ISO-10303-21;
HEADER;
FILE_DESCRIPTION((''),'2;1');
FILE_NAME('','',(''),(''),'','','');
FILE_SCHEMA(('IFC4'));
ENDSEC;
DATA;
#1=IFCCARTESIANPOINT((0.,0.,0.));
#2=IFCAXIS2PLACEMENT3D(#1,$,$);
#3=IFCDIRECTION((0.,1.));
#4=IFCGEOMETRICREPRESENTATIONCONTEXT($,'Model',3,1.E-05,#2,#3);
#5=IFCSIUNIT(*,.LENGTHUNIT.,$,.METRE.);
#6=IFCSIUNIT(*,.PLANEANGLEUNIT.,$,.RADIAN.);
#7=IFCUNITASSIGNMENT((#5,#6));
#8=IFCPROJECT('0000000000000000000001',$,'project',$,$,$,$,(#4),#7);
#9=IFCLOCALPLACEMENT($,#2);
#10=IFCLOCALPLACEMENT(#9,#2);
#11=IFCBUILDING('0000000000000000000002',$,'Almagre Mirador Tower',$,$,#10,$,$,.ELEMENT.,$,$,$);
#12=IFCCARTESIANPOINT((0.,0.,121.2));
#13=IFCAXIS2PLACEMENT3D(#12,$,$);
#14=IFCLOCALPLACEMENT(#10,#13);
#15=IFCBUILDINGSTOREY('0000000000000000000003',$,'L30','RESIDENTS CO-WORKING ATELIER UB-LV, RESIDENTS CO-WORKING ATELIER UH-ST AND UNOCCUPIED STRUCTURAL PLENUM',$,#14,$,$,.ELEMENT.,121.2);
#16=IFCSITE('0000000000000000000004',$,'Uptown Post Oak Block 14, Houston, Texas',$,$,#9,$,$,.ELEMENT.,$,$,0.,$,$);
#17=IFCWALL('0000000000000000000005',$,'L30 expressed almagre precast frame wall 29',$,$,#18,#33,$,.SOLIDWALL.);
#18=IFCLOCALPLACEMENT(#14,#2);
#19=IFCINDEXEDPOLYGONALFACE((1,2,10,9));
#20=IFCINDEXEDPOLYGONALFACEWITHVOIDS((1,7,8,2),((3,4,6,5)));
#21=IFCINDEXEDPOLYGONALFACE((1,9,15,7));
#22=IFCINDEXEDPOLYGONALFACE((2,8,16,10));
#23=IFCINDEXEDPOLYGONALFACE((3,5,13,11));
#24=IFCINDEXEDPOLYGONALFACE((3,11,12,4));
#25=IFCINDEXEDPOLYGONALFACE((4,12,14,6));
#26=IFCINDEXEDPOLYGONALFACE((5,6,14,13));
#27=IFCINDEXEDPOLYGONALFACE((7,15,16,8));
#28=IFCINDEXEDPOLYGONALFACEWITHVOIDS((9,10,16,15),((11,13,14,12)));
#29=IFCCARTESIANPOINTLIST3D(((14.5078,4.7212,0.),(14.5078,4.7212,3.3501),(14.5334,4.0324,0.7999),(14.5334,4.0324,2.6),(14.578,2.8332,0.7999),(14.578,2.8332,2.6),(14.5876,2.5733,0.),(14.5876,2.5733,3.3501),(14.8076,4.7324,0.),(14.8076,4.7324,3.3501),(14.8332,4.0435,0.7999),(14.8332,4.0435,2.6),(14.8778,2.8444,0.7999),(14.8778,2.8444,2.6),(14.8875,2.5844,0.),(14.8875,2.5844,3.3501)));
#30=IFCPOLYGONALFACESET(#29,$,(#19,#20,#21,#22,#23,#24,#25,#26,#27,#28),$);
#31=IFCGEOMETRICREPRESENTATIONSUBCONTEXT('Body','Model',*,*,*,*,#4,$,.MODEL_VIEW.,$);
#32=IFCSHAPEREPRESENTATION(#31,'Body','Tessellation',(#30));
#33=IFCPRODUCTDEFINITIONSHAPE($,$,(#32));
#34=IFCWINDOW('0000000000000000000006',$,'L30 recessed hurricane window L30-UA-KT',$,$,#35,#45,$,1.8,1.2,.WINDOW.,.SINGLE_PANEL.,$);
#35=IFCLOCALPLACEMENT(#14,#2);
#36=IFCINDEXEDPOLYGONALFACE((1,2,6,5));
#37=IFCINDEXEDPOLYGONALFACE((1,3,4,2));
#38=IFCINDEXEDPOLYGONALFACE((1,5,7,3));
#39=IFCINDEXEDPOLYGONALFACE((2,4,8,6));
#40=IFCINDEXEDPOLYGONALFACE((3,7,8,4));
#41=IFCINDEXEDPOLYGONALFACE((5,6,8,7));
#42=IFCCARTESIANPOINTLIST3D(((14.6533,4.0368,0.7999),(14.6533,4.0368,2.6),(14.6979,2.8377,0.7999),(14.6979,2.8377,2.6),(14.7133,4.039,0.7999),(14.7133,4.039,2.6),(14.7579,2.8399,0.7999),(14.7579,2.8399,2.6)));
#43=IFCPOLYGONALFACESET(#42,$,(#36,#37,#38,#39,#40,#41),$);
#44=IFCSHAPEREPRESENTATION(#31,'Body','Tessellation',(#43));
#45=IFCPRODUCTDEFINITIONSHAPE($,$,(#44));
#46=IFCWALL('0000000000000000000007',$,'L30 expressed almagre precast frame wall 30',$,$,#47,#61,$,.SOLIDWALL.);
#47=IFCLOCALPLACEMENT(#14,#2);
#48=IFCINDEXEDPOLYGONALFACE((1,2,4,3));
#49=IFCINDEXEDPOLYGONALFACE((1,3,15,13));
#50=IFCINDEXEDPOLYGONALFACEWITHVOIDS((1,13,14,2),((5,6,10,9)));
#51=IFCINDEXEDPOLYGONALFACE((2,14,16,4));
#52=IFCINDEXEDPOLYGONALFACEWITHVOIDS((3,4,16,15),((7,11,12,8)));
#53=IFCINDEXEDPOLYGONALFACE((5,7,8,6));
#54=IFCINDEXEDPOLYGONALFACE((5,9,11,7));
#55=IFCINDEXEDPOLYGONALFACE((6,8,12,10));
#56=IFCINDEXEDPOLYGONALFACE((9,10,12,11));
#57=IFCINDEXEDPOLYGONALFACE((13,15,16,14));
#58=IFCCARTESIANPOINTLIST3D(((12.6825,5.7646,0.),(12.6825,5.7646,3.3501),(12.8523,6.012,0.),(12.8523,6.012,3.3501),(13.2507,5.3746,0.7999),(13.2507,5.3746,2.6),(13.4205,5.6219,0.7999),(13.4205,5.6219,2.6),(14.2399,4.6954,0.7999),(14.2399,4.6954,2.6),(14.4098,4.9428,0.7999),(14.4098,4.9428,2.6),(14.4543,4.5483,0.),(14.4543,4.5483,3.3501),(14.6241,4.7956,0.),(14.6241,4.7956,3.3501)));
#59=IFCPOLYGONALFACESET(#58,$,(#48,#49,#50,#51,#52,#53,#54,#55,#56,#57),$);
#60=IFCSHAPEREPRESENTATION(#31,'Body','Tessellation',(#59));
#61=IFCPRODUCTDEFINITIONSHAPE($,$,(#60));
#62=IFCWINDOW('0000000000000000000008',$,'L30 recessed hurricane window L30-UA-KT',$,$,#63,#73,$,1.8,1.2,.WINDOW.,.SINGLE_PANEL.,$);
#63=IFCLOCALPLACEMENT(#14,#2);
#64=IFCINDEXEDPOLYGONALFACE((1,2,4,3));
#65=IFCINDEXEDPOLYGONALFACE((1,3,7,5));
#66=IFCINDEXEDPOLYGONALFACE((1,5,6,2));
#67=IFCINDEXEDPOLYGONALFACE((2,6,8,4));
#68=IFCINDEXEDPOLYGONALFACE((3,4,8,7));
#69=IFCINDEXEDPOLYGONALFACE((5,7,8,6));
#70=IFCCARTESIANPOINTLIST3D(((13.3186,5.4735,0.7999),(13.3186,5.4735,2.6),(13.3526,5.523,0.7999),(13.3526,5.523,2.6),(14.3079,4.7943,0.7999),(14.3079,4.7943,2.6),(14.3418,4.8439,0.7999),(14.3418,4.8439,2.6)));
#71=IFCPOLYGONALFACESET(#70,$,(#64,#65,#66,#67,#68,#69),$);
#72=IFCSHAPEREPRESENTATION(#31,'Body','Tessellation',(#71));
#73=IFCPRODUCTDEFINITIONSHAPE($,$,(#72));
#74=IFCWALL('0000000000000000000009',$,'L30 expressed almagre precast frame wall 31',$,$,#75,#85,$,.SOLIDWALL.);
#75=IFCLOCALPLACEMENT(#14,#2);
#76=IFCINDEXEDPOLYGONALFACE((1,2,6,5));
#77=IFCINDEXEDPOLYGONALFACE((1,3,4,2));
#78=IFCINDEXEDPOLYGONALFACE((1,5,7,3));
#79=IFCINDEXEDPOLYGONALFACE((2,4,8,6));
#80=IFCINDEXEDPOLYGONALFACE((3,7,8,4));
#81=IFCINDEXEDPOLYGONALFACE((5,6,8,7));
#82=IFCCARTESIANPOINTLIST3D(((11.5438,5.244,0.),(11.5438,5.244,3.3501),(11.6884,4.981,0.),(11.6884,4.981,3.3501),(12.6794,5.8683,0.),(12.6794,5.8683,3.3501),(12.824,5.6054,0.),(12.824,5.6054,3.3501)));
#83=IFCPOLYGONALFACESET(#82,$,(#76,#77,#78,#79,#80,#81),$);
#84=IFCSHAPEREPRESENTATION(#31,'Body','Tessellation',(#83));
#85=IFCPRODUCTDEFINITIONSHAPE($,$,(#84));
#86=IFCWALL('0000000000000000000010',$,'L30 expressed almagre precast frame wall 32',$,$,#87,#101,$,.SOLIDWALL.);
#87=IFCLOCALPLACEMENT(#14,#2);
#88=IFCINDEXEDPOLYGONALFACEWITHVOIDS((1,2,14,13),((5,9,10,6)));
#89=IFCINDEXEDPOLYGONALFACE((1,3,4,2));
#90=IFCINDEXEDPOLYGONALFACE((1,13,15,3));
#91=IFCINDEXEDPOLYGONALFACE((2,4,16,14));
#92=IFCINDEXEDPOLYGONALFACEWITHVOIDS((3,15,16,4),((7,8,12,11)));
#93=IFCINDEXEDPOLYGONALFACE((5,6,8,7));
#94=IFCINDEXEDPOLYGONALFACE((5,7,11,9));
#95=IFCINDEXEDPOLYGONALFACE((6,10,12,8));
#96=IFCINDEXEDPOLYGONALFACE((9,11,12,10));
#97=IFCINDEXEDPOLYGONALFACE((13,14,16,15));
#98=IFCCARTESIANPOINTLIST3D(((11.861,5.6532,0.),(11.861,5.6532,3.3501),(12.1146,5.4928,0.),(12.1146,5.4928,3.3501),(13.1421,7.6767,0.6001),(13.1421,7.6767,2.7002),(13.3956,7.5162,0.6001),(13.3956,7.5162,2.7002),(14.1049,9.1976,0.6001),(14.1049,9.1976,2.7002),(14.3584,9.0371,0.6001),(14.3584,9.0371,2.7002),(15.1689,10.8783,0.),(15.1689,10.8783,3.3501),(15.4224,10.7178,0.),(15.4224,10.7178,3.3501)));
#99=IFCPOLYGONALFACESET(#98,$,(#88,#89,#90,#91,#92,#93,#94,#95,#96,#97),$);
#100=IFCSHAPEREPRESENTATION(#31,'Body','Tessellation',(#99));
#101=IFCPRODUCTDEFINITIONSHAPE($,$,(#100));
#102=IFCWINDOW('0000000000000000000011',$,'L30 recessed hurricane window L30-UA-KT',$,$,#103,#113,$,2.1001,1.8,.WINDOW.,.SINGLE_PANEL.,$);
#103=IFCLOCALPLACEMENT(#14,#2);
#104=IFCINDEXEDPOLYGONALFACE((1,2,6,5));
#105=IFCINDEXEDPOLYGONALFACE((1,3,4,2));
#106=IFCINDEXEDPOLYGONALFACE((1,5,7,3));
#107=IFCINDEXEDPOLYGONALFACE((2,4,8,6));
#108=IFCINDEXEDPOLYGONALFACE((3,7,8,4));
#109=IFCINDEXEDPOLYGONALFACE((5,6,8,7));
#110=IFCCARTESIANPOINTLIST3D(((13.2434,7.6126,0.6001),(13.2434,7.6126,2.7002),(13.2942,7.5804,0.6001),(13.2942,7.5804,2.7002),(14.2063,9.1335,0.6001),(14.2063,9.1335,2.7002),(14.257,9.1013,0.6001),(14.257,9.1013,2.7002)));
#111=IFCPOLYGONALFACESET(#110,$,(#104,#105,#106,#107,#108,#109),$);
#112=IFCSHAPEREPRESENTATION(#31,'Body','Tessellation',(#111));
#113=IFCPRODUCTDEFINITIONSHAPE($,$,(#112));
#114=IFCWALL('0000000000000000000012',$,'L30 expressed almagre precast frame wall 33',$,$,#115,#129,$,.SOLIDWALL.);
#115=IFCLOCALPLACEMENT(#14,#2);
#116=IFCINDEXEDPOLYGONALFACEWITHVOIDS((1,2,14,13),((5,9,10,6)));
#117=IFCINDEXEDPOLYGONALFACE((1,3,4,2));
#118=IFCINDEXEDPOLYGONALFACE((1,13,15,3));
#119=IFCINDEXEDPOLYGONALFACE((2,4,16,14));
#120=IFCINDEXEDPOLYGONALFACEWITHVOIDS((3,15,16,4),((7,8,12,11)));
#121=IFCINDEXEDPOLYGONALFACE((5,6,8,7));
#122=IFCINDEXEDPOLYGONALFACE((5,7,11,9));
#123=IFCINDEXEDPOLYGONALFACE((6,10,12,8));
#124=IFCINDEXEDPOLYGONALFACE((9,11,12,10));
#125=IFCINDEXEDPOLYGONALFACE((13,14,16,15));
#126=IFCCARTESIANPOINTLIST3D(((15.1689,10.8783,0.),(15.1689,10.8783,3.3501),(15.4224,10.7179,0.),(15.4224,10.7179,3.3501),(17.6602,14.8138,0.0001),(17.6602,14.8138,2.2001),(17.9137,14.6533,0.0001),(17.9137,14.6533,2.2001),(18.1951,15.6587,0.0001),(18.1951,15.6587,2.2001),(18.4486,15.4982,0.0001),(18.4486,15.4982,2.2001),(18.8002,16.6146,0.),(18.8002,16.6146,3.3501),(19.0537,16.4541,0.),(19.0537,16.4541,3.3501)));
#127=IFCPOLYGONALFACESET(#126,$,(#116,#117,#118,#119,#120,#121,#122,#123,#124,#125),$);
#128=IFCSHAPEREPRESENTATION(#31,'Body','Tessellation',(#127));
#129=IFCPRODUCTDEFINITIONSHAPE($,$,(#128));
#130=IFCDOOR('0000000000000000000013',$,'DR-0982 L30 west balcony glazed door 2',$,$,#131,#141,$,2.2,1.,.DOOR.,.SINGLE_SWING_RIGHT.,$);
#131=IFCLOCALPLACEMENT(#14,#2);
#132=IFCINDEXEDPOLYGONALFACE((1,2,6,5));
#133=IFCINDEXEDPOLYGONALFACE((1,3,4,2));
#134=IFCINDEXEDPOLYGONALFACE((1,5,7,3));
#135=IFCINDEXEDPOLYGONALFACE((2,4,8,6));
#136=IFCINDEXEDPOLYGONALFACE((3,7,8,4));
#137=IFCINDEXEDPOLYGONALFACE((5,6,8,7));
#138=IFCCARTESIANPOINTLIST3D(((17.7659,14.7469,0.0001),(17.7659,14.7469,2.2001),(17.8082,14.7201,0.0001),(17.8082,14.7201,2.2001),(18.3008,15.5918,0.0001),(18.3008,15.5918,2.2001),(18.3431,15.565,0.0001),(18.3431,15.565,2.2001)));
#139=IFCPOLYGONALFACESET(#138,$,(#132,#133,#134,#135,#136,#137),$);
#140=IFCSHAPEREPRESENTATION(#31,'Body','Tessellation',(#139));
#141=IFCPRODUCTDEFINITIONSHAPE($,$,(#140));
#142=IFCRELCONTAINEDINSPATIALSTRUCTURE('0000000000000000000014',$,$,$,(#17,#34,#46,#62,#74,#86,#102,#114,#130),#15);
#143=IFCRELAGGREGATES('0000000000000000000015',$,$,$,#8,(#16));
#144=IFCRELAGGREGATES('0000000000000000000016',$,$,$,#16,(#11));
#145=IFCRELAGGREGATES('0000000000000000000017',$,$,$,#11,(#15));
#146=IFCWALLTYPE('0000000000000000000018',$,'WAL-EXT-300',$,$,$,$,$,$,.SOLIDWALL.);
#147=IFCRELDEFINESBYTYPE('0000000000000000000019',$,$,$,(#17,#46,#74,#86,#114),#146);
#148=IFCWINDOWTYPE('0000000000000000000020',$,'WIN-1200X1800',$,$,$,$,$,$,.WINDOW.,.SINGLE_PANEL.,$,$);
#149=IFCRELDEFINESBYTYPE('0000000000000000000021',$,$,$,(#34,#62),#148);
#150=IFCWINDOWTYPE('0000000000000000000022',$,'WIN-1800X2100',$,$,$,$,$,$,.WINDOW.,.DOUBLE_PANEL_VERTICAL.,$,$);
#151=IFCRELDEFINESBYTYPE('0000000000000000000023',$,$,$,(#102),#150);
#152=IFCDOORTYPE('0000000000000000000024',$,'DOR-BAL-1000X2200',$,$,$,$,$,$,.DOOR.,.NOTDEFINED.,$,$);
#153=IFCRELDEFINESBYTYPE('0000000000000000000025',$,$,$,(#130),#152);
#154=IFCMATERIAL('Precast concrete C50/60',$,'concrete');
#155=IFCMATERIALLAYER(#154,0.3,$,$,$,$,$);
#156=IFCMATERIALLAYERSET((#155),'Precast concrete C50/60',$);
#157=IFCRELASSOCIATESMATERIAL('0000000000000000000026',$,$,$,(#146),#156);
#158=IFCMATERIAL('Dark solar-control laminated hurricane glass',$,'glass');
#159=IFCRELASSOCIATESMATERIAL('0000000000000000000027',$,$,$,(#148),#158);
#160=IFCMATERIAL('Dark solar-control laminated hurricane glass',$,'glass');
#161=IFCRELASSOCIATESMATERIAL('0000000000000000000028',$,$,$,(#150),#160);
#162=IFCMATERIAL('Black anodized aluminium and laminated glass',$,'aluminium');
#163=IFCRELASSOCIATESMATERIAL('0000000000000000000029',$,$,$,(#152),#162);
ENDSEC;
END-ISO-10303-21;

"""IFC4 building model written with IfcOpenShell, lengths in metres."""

from ifc_helpers import new_model, si_unit, direction, frame, frame_2d, origin, place, context, subcontext, project, spatial, rectangle, extrude, material, layer, layer_set, type_object, element, fill, save


model = new_model("IFC4")

# Units and contexts
model_context = context("Model", 3, precision=1e-05, world=origin(), true_north=direction((0.0, 1.0)))
body_context = subcontext(model_context, "Body", "Model", "MODEL_VIEW")
ifc_project = project(units=[si_unit("LENGTHUNIT", "METRE"), si_unit("PLANEANGLEUNIT", "RADIAN")], contexts=[model_context])

# Site, building, storey
site_placement = place(None, origin())
site = spatial("IfcSite", under=ifc_project, at=site_placement, Name="Uptown Post Oak Block 14, Houston, Texas", CompositionType="ELEMENT", RefElevation=0.0)
building_placement = place(site_placement, origin())
building = spatial("IfcBuilding", under=site, at=building_placement, Name="Almagre Mirador Tower", CompositionType="ELEMENT")
storey_placement = place(building_placement, frame((0.0, 0.0, 121.2)))
storey = spatial("IfcBuildingStorey", under=building, at=storey_placement, Name="L30", Description="RESIDENTS CO-WORKING ATELIER UB-LV, RESIDENTS CO-WORKING ATELIER UH-ST AND UNOCCUPIED STRUCTURAL PLENUM", CompositionType="ELEMENT", Elevation=121.2)

# Shared definitions
ifc_material_1 = material(Name="Precast concrete C50/60", Category="concrete")
ifc_layer_1 = layer(ifc_material_1, 0.3)
ifc_layer_set_1 = layer_set([ifc_layer_1], Name="Precast concrete C50/60")
wall_type_1 = type_object("IfcWallType", Name="WAL-EXT-300", PredefinedType="SOLIDWALL", material=ifc_layer_set_1)

# Walls, openings, windows
wall_1_placement = place(storey_placement, frame((14.7375, 2.5789, 0.0), z_axis=(0.0, 0.0, 1.0), x_axis=(-0.037142, 0.99931, 0.0)))
wall_1 = element("IfcWall", 1, at=wall_1_placement, inside=storey, type_object=wall_type_1, Name="L30 expressed almagre precast frame wall 29", PredefinedType="SOLIDWALL", context=body_context, shape_type="SweptSolid", body=[
    extrude(rectangle(XDim=2.1494, YDim=0.3, at=frame_2d((1.0747, 0.0))), origin(), (0.0, 0.0, 1.0), 3.3501),
])
opening_1_placement = place(wall_1_placement, frame((0.26, 0.0, 0.8)))
opening_1 = element("IfcOpeningElement", 2, at=opening_1_placement, cuts=wall_1, PredefinedType="OPENING", context=body_context, shape_type="SweptSolid", body=[
    extrude(rectangle(XDim=1.2, YDim=1.8, at=frame_2d((0.6001, 0.8999))), frame((0.0, 0.1599, 0.0), z_axis=(0.0, -1.0, 0.0), x_axis=(1.0, 0.0, 0.0)), (0.0, 0.0, 1.0), 0.32),
])
ifc_material_2 = material(Name="Dark solar-control laminated hurricane glass", Category="glass")
window_type_1 = type_object("IfcWindowType", Name="WIN-1200X1800", PartitioningType="SINGLE_PANEL", PredefinedType="WINDOW", material=ifc_material_2)
window_1_placement = place(opening_1_placement, origin())
window_1 = element("IfcWindow", 3, at=window_1_placement, inside=storey, type_object=window_type_1, Name="L30 recessed hurricane window L30-UA-KT", OverallHeight=1.8, OverallWidth=1.2, PartitioningType="SINGLE_PANEL", PredefinedType="WINDOW", context=body_context, shape_type="SweptSolid", body=[
    extrude(rectangle(XDim=1.2, YDim=1.8, at=frame_2d((0.6001, 0.8999))), frame((0.0, 0.03, 0.0), z_axis=(0.0, -1.0, 0.0), x_axis=(1.0, 0.0, 0.0)), (0.0, 0.0, 1.0), 0.0601),
])
fill(opening_1, window_1)
wall_2_placement = place(storey_placement, frame((14.5393, 4.6719, 0.0), z_axis=(0.0, 0.0, 1.0), x_axis=(-0.824423, 0.565974, 0.0)))
wall_2 = element("IfcWall", 4, at=wall_2_placement, inside=storey, type_object=wall_type_1, Name="L30 expressed almagre precast frame wall 30", PredefinedType="SOLIDWALL", context=body_context, shape_type="SweptSolid", body=[
    extrude(rectangle(XDim=2.1492, YDim=0.3, at=frame_2d((1.0747, 0.0))), origin(), (0.0, 0.0, 1.0), 3.3501),
])
opening_2_placement = place(wall_2_placement, frame((0.26, 0.0, 0.8)))
opening_2 = element("IfcOpeningElement", 5, at=opening_2_placement, cuts=wall_2, PredefinedType="OPENING", context=body_context, shape_type="SweptSolid", body=[
    extrude(rectangle(XDim=1.2, YDim=1.8, at=frame_2d((0.6001, 0.8999))), frame((0.0, 0.1599, 0.0), z_axis=(0.0, -1.0, 0.0), x_axis=(1.0, 0.0, 0.0)), (0.0, 0.0, 1.0), 0.32),
])
window_2_placement = place(opening_2_placement, origin())
window_2 = element("IfcWindow", 6, at=window_2_placement, inside=storey, type_object=window_type_1, Name="L30 recessed hurricane window L30-UA-KT", OverallHeight=1.8, OverallWidth=1.2, PartitioningType="SINGLE_PANEL", PredefinedType="WINDOW", context=body_context, shape_type="SweptSolid", body=[
    extrude(rectangle(XDim=1.2, YDim=1.8, at=frame_2d((0.6001, 0.8999))), frame((0.0, 0.03, 0.0), z_axis=(0.0, -1.0, 0.0), x_axis=(1.0, 0.0, 0.0)), (0.0, 0.0, 1.0), 0.0601),
])
fill(opening_2, window_2)

# Wall
wall_3_placement = place(storey_placement, frame((12.7517, 5.7368, 0.0), z_axis=(0.0, 0.0, 1.0), x_axis=(-0.876299, -0.481767, 0.0)))
element("IfcWall", 7, at=wall_3_placement, inside=storey, type_object=wall_type_1, Name="L30 expressed almagre precast frame wall 31", PredefinedType="SOLIDWALL", context=body_context, shape_type="SweptSolid", body=[
    extrude(rectangle(XDim=1.2959, YDim=0.3, at=frame_2d((0.6479, 0.0))), origin(), (0.0, 0.0, 1.0), 3.3501),
])

# Wall, opening, window
wall_4_placement = place(storey_placement, frame((11.9878, 5.573, 0.0), z_axis=(0.0, 0.0, 1.0), x_axis=(0.534894, 0.844919, 0.0)))
wall_4 = element("IfcWall", 8, at=wall_4_placement, inside=storey, type_object=wall_type_1, Name="L30 expressed almagre precast frame wall 32", PredefinedType="SOLIDWALL", context=body_context, shape_type="SweptSolid", body=[
    extrude(rectangle(XDim=6.1841, YDim=0.3, at=frame_2d((3.092, 0.0))), origin(), (0.0, 0.0, 1.0), 3.3501),
])
opening_3_placement = place(wall_4_placement, frame((2.395, 0.0, 0.6001)))
opening_3 = element("IfcOpeningElement", 9, at=opening_3_placement, cuts=wall_4, PredefinedType="OPENING", context=body_context, shape_type="SweptSolid", body=[
    extrude(rectangle(XDim=1.8, YDim=2.1001, at=frame_2d((0.8999, 1.05))), frame((0.0, 0.1599, 0.0), z_axis=(0.0, -1.0, 0.0), x_axis=(1.0, 0.0, 0.0)), (0.0, 0.0, 1.0), 0.32),
])
ifc_material_3 = material(Name="Dark solar-control laminated hurricane glass", Category="glass")
window_type_2 = type_object("IfcWindowType", Name="WIN-1800X2100", PartitioningType="DOUBLE_PANEL_VERTICAL", PredefinedType="WINDOW", material=ifc_material_3)
window_3_placement = place(opening_3_placement, origin())
window_3 = element("IfcWindow", 10, at=window_3_placement, inside=storey, type_object=window_type_2, Name="L30 recessed hurricane window L30-UA-KT", OverallHeight=2.1001, OverallWidth=1.8, PartitioningType="SINGLE_PANEL", PredefinedType="WINDOW", context=body_context, shape_type="SweptSolid", body=[
    extrude(rectangle(XDim=1.8, YDim=2.1001, at=frame_2d((0.8999, 1.05))), frame((0.0, 0.03, 0.0), z_axis=(0.0, -1.0, 0.0), x_axis=(1.0, 0.0, 0.0)), (0.0, 0.0, 1.0), 0.0601),
])
fill(opening_3, window_3)

# Wall, opening, door
wall_5_placement = place(storey_placement, frame((15.2957, 10.7981, 0.0), z_axis=(0.0, 0.0, 1.0), x_axis=(0.534878, 0.84493, 0.0)))
wall_5 = element("IfcWall", 11, at=wall_5_placement, inside=storey, type_object=wall_type_1, Name="L30 expressed almagre precast frame wall 33", PredefinedType="SOLIDWALL", context=body_context, shape_type="SweptSolid", body=[
    extrude(rectangle(XDim=6.7891, YDim=0.3, at=frame_2d((3.3945, 0.0))), origin(), (0.0, 0.0, 1.0), 3.3501),
])
opening_4_placement = place(wall_5_placement, frame((4.6577, 0.0, 0.0)))
opening_4 = element("IfcOpeningElement", 12, at=opening_4_placement, cuts=wall_5, PredefinedType="OPENING", context=body_context, shape_type="SweptSolid", body=[
    extrude(rectangle(XDim=1.0, YDim=2.2, at=frame_2d((0.5, 1.1001))), frame((0.0, 0.1599, 0.0), z_axis=(0.0, -1.0, 0.0), x_axis=(1.0, 0.0, 0.0)), (0.0, 0.0, 1.0), 0.32),
])
ifc_material_4 = material(Name="Black anodized aluminium and laminated glass", Category="aluminium")
door_type_1 = type_object("IfcDoorType", Name="DOR-BAL-1000X2200", OperationType="NOTDEFINED", PredefinedType="DOOR", material=ifc_material_4)
door_1_placement = place(opening_4_placement, origin())
door_1 = element("IfcDoor", 13, at=door_1_placement, inside=storey, type_object=door_type_1, Name="DR-0982 L30 west balcony glazed door 2", OperationType="SINGLE_SWING_RIGHT", OverallHeight=2.2, OverallWidth=1.0, PredefinedType="DOOR", context=body_context, shape_type="SweptSolid", body=[
    extrude(rectangle(XDim=1.0, YDim=2.2, at=frame_2d((0.5, 1.1001))), frame((0.0, 0.0249, 0.0), z_axis=(0.0, -1.0, 0.0), x_axis=(1.0, 0.0, 0.0)), (0.0, 0.0, 1.0), 0.05),
])
fill(opening_4, door_1)

save(model, "model.ifc")
